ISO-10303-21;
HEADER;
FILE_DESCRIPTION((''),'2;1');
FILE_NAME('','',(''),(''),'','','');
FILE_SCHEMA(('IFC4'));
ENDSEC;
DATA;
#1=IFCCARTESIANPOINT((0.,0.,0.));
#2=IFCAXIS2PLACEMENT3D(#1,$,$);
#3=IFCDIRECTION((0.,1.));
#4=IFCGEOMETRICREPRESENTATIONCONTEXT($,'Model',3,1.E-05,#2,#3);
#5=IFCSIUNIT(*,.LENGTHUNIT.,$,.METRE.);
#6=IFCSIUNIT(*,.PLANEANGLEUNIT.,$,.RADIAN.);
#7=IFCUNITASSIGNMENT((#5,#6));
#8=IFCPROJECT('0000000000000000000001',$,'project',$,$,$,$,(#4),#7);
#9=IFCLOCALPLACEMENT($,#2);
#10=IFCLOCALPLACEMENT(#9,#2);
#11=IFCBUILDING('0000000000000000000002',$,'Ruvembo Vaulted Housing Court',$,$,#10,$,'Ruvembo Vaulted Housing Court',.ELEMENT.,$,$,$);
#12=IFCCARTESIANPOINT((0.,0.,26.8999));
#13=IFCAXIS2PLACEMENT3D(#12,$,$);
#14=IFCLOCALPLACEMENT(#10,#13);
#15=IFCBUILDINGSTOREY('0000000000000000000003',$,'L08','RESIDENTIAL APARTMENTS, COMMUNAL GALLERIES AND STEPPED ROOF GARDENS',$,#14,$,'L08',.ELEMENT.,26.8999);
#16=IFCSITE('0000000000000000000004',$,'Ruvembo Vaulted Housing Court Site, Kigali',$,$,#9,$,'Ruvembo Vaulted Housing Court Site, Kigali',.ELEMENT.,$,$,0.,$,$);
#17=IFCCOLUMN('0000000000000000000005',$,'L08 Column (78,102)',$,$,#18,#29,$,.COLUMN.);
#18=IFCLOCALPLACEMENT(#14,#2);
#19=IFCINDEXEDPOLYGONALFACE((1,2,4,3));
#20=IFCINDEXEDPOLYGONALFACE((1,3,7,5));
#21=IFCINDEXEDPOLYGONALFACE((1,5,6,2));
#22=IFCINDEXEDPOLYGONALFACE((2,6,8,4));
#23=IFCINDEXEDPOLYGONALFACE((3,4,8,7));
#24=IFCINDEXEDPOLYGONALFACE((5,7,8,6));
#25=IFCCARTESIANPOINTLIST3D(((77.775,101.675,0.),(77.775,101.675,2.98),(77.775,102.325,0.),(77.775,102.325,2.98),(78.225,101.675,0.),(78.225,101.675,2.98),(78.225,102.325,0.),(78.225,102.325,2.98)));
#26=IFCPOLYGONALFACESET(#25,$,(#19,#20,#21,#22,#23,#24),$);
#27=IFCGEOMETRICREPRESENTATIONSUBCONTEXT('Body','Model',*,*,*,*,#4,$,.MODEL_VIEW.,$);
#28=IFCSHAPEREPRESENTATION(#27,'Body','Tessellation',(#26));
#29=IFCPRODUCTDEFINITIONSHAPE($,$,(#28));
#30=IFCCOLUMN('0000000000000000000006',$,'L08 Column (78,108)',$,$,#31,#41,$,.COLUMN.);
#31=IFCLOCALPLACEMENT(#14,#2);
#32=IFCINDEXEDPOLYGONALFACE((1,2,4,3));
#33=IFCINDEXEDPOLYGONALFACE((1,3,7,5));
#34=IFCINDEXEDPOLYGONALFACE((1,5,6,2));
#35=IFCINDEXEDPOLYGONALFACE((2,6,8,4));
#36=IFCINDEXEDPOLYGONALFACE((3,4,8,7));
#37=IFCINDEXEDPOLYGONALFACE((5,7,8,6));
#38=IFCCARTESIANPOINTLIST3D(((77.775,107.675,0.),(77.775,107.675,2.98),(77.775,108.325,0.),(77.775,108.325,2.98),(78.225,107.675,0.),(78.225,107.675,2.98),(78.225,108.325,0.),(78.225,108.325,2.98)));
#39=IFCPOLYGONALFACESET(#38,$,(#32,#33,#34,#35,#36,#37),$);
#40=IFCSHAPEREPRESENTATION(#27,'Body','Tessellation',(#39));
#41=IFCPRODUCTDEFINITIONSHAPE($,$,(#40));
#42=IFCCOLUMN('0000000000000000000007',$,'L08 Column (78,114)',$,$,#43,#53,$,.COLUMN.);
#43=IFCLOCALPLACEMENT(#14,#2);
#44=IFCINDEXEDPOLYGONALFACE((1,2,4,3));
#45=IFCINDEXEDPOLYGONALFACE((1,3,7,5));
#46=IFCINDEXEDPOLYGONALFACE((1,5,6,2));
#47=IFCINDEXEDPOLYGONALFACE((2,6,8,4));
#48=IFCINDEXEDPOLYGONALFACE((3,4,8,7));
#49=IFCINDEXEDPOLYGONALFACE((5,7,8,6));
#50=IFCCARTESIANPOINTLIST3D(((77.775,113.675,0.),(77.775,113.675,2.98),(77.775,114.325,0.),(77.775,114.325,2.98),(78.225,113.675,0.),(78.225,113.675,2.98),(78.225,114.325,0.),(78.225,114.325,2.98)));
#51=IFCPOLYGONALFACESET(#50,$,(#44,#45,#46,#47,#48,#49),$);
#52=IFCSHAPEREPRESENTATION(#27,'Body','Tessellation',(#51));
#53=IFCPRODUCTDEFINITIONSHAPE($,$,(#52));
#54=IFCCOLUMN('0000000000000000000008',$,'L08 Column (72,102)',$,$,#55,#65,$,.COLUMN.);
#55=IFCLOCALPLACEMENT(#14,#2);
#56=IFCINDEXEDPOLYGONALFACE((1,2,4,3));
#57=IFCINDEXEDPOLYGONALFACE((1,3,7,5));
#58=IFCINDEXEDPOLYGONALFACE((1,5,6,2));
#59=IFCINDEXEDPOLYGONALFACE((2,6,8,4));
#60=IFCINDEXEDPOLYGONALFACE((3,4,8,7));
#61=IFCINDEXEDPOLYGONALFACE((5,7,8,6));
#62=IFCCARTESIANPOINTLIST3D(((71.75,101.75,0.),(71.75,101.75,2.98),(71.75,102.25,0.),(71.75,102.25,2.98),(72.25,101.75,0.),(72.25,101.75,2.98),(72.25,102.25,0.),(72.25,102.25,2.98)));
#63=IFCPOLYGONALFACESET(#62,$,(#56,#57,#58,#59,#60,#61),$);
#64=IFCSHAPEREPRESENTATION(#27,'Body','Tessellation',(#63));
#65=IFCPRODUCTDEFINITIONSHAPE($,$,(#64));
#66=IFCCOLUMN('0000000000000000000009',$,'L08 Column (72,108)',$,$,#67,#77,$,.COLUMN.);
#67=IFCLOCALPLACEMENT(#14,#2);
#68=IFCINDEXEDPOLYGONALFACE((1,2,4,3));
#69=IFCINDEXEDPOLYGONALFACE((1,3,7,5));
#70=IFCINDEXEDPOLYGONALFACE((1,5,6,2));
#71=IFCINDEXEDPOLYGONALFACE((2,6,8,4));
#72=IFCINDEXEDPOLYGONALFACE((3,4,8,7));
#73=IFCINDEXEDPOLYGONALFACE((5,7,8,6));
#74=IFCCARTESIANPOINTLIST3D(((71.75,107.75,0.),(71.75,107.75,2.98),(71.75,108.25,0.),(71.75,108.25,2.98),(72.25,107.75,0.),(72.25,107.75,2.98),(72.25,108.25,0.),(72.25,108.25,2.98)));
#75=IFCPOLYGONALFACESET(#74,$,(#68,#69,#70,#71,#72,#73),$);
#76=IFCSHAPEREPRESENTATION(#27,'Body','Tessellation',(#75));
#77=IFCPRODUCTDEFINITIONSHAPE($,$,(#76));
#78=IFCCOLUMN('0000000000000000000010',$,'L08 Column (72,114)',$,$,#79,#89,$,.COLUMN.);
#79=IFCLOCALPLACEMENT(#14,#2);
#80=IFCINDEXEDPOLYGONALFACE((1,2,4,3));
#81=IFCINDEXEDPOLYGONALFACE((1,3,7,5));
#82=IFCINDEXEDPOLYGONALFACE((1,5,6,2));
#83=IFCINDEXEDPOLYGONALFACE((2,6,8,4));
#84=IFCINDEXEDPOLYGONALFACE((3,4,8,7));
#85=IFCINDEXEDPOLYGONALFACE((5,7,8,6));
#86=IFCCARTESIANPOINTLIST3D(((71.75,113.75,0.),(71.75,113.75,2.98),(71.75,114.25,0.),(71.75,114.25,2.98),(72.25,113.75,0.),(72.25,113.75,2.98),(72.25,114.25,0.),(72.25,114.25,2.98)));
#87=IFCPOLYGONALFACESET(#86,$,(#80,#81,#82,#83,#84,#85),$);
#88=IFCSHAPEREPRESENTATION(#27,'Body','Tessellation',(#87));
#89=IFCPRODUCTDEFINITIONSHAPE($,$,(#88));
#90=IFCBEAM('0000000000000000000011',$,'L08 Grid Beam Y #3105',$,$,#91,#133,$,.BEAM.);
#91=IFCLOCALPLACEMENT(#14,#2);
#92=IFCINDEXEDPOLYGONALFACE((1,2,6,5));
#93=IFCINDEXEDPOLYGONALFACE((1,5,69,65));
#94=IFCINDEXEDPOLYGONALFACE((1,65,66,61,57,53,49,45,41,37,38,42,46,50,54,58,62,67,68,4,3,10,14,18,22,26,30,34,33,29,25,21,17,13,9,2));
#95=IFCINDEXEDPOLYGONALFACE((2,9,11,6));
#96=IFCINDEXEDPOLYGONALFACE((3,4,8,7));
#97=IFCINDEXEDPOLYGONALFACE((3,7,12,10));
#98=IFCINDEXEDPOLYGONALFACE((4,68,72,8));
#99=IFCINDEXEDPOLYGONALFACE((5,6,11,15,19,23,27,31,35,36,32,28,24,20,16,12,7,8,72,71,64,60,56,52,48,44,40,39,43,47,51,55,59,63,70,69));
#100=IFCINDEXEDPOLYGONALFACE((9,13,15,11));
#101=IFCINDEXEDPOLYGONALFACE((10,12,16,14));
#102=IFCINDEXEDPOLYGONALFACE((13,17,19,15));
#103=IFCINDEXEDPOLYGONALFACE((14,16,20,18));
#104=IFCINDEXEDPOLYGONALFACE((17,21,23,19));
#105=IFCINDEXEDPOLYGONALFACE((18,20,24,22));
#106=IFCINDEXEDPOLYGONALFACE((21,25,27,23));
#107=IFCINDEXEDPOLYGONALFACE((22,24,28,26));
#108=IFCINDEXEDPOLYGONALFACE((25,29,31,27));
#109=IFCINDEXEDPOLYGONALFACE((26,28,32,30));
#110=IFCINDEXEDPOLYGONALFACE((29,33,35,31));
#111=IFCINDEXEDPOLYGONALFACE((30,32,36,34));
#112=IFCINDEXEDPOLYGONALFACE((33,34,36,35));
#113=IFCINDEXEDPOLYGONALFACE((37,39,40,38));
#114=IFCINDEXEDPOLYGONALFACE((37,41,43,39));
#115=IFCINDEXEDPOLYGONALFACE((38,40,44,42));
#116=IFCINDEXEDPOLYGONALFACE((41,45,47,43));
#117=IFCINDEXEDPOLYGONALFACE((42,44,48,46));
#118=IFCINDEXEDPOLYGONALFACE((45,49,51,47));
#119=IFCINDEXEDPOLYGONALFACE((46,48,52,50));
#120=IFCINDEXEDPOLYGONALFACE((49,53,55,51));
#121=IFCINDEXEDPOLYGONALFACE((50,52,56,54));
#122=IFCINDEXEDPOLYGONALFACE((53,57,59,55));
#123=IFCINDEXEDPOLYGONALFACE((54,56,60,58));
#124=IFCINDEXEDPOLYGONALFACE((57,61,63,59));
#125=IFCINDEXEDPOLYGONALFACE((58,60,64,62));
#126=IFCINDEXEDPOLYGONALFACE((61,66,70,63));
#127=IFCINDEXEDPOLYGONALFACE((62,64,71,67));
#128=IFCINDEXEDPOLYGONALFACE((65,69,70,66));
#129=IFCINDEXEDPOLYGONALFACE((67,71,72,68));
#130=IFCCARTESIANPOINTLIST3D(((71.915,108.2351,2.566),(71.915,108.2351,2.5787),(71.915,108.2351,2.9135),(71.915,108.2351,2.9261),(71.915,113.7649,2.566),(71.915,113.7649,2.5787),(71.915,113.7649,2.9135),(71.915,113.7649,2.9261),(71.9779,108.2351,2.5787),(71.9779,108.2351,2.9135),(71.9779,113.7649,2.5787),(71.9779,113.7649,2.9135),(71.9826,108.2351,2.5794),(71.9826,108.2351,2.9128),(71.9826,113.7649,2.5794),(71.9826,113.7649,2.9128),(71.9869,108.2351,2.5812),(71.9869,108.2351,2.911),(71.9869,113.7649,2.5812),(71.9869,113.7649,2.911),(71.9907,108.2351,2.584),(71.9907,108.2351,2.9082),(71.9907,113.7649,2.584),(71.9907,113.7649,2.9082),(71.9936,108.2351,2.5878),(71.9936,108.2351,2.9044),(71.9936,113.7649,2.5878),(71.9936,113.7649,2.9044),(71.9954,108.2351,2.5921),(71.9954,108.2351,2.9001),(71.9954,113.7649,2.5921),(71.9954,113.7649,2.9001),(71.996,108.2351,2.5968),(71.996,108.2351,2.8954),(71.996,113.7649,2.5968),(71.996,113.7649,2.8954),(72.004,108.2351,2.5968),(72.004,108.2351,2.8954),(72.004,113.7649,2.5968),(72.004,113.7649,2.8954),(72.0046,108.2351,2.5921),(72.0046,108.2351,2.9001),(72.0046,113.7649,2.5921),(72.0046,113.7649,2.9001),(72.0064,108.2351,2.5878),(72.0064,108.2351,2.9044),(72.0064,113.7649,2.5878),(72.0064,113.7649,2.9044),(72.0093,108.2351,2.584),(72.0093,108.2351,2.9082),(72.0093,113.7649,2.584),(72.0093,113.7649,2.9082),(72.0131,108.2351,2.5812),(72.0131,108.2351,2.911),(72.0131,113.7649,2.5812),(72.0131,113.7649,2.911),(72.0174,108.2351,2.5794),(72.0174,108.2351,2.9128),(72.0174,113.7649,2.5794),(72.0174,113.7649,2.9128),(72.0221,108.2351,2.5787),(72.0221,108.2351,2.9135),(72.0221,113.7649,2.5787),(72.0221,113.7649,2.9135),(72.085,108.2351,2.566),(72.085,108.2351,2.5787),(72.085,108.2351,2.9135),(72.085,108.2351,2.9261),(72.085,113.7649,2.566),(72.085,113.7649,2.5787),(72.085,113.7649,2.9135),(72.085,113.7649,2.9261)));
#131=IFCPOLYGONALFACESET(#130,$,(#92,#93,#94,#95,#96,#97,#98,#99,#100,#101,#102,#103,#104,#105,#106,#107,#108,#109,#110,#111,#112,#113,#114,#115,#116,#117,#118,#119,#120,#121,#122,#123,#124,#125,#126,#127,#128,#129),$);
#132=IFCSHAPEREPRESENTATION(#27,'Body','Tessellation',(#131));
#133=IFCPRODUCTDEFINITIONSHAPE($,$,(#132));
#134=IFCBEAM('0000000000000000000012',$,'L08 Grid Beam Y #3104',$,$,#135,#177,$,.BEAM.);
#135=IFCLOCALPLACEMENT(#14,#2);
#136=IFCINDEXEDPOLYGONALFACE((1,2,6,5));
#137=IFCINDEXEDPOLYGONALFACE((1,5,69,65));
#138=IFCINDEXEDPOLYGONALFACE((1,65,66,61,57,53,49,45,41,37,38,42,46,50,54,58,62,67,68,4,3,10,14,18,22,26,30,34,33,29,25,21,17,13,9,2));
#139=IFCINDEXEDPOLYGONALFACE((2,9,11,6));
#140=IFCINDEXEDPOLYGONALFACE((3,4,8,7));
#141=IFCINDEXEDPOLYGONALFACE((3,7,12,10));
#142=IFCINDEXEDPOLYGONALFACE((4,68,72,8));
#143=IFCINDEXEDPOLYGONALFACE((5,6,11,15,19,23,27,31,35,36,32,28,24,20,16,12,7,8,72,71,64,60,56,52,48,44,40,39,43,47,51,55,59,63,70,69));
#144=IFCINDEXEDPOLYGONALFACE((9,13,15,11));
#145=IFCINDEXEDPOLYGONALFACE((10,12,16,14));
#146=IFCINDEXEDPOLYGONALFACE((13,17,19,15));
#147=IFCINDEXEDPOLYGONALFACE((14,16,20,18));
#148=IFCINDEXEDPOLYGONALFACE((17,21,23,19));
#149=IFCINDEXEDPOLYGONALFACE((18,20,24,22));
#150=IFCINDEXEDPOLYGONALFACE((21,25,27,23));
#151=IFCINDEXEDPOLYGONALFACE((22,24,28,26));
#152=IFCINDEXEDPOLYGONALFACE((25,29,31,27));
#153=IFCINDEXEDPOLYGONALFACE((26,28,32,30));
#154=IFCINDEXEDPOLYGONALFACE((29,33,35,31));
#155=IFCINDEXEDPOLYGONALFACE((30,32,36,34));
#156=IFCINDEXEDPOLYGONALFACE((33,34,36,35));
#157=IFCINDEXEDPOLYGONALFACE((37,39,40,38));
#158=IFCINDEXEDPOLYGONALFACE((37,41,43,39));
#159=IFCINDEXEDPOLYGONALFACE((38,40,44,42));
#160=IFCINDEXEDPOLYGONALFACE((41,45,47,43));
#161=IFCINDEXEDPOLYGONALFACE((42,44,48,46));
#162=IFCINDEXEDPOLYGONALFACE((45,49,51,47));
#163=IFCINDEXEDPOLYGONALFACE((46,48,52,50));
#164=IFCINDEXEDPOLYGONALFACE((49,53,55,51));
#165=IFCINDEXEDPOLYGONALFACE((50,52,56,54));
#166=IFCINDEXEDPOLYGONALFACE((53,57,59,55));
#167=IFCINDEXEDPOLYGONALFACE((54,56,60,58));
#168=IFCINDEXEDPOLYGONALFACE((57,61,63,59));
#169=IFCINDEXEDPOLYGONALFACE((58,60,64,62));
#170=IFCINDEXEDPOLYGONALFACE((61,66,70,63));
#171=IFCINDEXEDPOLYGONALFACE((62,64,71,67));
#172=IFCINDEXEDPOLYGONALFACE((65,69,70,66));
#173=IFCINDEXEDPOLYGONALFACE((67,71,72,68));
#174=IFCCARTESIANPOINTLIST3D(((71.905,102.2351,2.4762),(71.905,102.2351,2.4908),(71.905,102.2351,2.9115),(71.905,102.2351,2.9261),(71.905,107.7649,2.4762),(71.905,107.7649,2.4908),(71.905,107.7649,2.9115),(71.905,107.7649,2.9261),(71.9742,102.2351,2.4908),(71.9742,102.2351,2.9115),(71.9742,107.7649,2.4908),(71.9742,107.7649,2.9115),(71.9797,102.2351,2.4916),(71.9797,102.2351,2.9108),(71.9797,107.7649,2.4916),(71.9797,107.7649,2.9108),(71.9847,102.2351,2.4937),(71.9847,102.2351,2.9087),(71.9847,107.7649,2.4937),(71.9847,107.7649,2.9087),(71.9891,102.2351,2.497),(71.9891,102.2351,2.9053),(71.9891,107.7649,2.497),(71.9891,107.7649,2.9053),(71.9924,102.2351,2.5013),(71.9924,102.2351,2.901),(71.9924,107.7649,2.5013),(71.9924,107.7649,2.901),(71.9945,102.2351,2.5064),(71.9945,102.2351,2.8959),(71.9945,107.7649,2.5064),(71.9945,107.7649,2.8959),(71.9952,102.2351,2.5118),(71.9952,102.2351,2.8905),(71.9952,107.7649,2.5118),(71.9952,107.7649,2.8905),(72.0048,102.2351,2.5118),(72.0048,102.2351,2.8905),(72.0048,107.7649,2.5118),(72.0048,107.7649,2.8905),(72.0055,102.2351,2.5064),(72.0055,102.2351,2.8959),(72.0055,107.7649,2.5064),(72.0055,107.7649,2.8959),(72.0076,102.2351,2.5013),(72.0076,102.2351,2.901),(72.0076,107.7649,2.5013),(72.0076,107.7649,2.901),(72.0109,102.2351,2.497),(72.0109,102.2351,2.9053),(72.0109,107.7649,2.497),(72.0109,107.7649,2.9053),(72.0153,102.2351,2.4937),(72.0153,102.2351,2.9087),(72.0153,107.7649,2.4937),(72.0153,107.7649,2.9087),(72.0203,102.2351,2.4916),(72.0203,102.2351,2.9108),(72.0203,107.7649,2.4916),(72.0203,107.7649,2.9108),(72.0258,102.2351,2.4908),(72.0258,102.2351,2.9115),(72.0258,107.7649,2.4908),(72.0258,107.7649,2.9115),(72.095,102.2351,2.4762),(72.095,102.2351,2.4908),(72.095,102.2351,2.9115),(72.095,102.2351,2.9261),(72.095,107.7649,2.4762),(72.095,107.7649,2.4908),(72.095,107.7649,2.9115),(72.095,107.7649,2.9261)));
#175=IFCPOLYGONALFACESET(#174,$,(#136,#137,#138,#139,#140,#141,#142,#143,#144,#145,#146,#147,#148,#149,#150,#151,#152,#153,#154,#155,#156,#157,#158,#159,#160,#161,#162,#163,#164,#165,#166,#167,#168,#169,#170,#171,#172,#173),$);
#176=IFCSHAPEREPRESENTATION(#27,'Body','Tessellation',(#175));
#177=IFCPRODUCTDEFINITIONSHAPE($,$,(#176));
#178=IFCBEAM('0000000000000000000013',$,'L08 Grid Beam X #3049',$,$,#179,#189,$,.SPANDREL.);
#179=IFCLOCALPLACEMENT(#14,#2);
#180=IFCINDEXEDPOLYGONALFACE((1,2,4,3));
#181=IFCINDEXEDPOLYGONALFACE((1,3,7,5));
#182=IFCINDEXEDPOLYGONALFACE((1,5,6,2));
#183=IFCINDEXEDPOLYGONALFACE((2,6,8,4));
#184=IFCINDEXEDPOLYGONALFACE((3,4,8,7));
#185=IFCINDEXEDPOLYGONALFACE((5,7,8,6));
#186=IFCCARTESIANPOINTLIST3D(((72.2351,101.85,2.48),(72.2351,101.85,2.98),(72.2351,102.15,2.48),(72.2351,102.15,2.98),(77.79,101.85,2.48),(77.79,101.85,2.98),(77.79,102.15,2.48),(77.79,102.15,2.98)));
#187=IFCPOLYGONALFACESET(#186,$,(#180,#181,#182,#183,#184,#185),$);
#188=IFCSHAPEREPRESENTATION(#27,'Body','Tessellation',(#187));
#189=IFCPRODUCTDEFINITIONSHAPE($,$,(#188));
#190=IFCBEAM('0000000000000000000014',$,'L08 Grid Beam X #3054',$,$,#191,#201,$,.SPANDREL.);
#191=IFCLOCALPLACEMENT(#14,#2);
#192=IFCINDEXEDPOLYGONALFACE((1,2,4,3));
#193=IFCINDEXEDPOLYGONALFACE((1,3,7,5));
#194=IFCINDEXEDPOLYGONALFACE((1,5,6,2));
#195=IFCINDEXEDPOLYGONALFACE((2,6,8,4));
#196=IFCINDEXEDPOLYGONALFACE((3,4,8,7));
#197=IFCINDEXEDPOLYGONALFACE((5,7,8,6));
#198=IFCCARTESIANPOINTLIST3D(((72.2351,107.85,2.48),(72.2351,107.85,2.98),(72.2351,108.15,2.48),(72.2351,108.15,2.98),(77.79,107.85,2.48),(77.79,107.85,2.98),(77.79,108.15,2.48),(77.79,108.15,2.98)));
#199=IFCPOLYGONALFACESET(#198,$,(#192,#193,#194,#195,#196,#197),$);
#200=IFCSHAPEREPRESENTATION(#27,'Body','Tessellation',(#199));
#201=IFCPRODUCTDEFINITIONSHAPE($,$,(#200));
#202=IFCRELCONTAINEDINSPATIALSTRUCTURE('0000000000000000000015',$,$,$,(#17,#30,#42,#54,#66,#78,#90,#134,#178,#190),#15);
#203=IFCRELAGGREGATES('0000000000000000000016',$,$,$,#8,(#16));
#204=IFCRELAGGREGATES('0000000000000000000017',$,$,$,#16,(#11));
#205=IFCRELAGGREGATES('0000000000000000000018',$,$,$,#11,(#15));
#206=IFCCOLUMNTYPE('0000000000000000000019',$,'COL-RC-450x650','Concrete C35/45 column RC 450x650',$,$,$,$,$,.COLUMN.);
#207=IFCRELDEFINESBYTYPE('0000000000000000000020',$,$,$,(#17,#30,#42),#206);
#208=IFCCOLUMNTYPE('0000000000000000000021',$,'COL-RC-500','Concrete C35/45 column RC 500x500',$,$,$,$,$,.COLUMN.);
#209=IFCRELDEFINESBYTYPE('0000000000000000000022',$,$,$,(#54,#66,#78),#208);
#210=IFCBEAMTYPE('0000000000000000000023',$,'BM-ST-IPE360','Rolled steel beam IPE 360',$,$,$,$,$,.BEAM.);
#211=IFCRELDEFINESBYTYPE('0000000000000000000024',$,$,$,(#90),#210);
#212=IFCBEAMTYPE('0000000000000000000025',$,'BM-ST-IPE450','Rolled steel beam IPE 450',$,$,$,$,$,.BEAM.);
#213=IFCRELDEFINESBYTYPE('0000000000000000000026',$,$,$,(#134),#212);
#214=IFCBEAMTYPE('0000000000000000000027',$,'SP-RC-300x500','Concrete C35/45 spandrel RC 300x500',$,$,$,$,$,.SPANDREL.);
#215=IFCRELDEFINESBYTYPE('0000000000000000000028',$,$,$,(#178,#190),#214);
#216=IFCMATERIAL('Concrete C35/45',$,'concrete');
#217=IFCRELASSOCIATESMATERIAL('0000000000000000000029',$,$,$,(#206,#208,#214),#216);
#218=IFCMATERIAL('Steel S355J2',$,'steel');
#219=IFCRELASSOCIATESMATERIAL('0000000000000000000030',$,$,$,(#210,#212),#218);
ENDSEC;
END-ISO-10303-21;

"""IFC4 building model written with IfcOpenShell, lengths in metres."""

from ifc_helpers import new_model, si_unit, direction, frame, origin, origin_2d, place, context, subcontext, project, spatial, rectangle, i_section, extrude, material, material_profile, profile_set, type_object, element, save


model = new_model("IFC4")

# Units and contexts
model_context = context("Model", 3, precision=1e-05, world=origin(), true_north=direction((0.0, 1.0)))
body_context = subcontext(model_context, "Body", "Model", "MODEL_VIEW")
ifc_project = project(units=[si_unit("LENGTHUNIT", "METRE"), si_unit("PLANEANGLEUNIT", "RADIAN")], contexts=[model_context])

# Site, building, storey
site_placement = place(None, origin())
site = spatial("IfcSite", under=ifc_project, at=site_placement, Name="Ruvembo Vaulted Housing Court Site, Kigali", LongName="Ruvembo Vaulted Housing Court Site, Kigali", CompositionType="ELEMENT", RefElevation=0.0)
building_placement = place(site_placement, origin())
building = spatial("IfcBuilding", under=site, at=building_placement, Name="Ruvembo Vaulted Housing Court", LongName="Ruvembo Vaulted Housing Court", CompositionType="ELEMENT")
storey_placement = place(building_placement, frame((0.0, 0.0, 26.8999)))
storey = spatial("IfcBuildingStorey", under=building, at=storey_placement, Name="L08", Description="RESIDENTIAL APARTMENTS, COMMUNAL GALLERIES AND STEPPED ROOF GARDENS", LongName="L08", CompositionType="ELEMENT", Elevation=26.8999)

# Columns
ifc_material_1 = material(Name="Concrete C35/45", Category="concrete")
ifc_material_profile_1 = material_profile(ifc_material_1, rectangle(XDim=0.45, YDim=0.6499, at=origin_2d()), Name="RC 450x650")
ifc_profile_set_1 = profile_set([ifc_material_profile_1], Name="Concrete C35/45")
column_type_1 = type_object("IfcColumnType", Name="COL-RC-450x650", Description="Concrete C35/45 column RC 450x650", PredefinedType="COLUMN", material=ifc_profile_set_1)
for number, where, z_axis, x_axis, name in (
    (1, (78.0, 102.0, 0.0), (0.0, 0.0, 1.0), (1.0, 0.0, 0.0), "L08 Column (78,102)"),
    (2, (78.0, 108.0, 0.0), (0.0, 0.0, 1.0), (1.0, 0.0, 0.0), "L08 Column (78,108)"),
    (3, (78.0, 114.0, 0.0), (0.0, 0.0, 1.0), (1.0, 0.0, 0.0), "L08 Column (78,114)"),
):
    element("IfcColumn", number, at=place(storey_placement, frame(where, z_axis=z_axis, x_axis=x_axis)), inside=storey, type_object=column_type_1, Name=name, PredefinedType="COLUMN", context=body_context, shape_type="SweptSolid", body=[
        extrude(rectangle(XDim=0.45, YDim=0.6499, at=origin_2d()), origin(), (0.0, 0.0, 1.0), 2.98),
    ])
ifc_material_profile_2 = material_profile(ifc_material_1, rectangle(XDim=0.5, YDim=0.5, at=origin_2d()), Name="RC 500x500")
ifc_profile_set_2 = profile_set([ifc_material_profile_2], Name="Concrete C35/45")
column_type_2 = type_object("IfcColumnType", Name="COL-RC-500", Description="Concrete C35/45 column RC 500x500", PredefinedType="COLUMN", material=ifc_profile_set_2)
for number, where, z_axis, x_axis, name in (
    (4, (72.0, 102.0, 0.0), (0.0, 0.0, 1.0), (1.0, 0.0, 0.0), "L08 Column (72,102)"),
    (5, (72.0, 108.0, 0.0), (0.0, 0.0, 1.0), (1.0, 0.0, 0.0), "L08 Column (72,108)"),
    (6, (72.0, 114.0, 0.0), (0.0, 0.0, 1.0), (1.0, 0.0, 0.0), "L08 Column (72,114)"),
):
    element("IfcColumn", number, at=place(storey_placement, frame(where, z_axis=z_axis, x_axis=x_axis)), inside=storey, type_object=column_type_2, Name=name, PredefinedType="COLUMN", context=body_context, shape_type="SweptSolid", body=[
        extrude(rectangle(XDim=0.5, YDim=0.5, at=origin_2d()), origin(), (0.0, 0.0, 1.0), 2.98),
    ])

# Beams
ifc_material_2 = material(Name="Steel S355J2", Category="steel")
ifc_material_profile_3 = material_profile(ifc_material_2, i_section(OverallWidth=0.1699, OverallDepth=0.3601, WebThickness=0.0081, FlangeThickness=0.0127, FilletRadius=0.0181, at=origin_2d()), Name="IPE 360")
ifc_profile_set_3 = profile_set([ifc_material_profile_3], Name="Steel S355J2")
beam_type_1 = type_object("IfcBeamType", Name="BM-ST-IPE360", Description="Rolled steel beam IPE 360", PredefinedType="BEAM", material=ifc_profile_set_3)
beam_1_placement = place(storey_placement, frame((72.0, 108.2351, 2.7461), z_axis=(0.0, 1.0, 0.0), x_axis=(-1.0, 0.0, 0.0)))
element("IfcBeam", 7, at=beam_1_placement, inside=storey, type_object=beam_type_1, Name="L08 Grid Beam Y #3105", PredefinedType="BEAM", context=body_context, shape_type="SweptSolid", body=[
    extrude(i_section(OverallWidth=0.1699, OverallDepth=0.3601, WebThickness=0.0081, FlangeThickness=0.0127, FilletRadius=0.0181, at=origin_2d()), origin(), (0.0, 0.0, 1.0), 5.5298),
])
ifc_material_profile_4 = material_profile(ifc_material_2, i_section(OverallWidth=0.1899, OverallDepth=0.45, WebThickness=0.0095, FlangeThickness=0.0146, FilletRadius=0.021, at=origin_2d()), Name="IPE 450")
ifc_profile_set_4 = profile_set([ifc_material_profile_4], Name="Steel S355J2")
beam_type_2 = type_object("IfcBeamType", Name="BM-ST-IPE450", Description="Rolled steel beam IPE 450", PredefinedType="BEAM", material=ifc_profile_set_4)
beam_2_placement = place(storey_placement, frame((72.0, 102.2351, 2.7012), z_axis=(0.0, 1.0, 0.0), x_axis=(-1.0, 0.0, 0.0)))
element("IfcBeam", 8, at=beam_2_placement, inside=storey, type_object=beam_type_2, Name="L08 Grid Beam Y #3104", PredefinedType="BEAM", context=body_context, shape_type="SweptSolid", body=[
    extrude(i_section(OverallWidth=0.1899, OverallDepth=0.45, WebThickness=0.0095, FlangeThickness=0.0146, FilletRadius=0.021, at=origin_2d()), origin(), (0.0, 0.0, 1.0), 5.5298),
])
ifc_material_profile_5 = material_profile(ifc_material_1, rectangle(XDim=0.3, YDim=0.5, at=origin_2d()), Name="RC 300x500")
ifc_profile_set_5 = profile_set([ifc_material_profile_5], Name="Concrete C35/45")
beam_type_3 = type_object("IfcBeamType", Name="SP-RC-300x500", Description="Concrete C35/45 spandrel RC 300x500", PredefinedType="SPANDREL", material=ifc_profile_set_5)
for number, where, z_axis, x_axis, name in (
    (9, (72.2351, 102.0, 2.73), (1.0, 0.0, 0.0), (0.0, 1.0, 0.0), "L08 Grid Beam X #3049"),
    (10, (72.2351, 108.0, 2.73), (1.0, 0.0, 0.0), (0.0, 1.0, 0.0), "L08 Grid Beam X #3054"),
):
    element("IfcBeam", number, at=place(storey_placement, frame(where, z_axis=z_axis, x_axis=x_axis)), inside=storey, type_object=beam_type_3, Name=name, PredefinedType="SPANDREL", context=body_context, shape_type="SweptSolid", body=[
        extrude(rectangle(XDim=0.3, YDim=0.5, at=origin_2d()), origin(), (0.0, 0.0, 1.0), 5.5549),
    ])

save(model, "model.ifc")
